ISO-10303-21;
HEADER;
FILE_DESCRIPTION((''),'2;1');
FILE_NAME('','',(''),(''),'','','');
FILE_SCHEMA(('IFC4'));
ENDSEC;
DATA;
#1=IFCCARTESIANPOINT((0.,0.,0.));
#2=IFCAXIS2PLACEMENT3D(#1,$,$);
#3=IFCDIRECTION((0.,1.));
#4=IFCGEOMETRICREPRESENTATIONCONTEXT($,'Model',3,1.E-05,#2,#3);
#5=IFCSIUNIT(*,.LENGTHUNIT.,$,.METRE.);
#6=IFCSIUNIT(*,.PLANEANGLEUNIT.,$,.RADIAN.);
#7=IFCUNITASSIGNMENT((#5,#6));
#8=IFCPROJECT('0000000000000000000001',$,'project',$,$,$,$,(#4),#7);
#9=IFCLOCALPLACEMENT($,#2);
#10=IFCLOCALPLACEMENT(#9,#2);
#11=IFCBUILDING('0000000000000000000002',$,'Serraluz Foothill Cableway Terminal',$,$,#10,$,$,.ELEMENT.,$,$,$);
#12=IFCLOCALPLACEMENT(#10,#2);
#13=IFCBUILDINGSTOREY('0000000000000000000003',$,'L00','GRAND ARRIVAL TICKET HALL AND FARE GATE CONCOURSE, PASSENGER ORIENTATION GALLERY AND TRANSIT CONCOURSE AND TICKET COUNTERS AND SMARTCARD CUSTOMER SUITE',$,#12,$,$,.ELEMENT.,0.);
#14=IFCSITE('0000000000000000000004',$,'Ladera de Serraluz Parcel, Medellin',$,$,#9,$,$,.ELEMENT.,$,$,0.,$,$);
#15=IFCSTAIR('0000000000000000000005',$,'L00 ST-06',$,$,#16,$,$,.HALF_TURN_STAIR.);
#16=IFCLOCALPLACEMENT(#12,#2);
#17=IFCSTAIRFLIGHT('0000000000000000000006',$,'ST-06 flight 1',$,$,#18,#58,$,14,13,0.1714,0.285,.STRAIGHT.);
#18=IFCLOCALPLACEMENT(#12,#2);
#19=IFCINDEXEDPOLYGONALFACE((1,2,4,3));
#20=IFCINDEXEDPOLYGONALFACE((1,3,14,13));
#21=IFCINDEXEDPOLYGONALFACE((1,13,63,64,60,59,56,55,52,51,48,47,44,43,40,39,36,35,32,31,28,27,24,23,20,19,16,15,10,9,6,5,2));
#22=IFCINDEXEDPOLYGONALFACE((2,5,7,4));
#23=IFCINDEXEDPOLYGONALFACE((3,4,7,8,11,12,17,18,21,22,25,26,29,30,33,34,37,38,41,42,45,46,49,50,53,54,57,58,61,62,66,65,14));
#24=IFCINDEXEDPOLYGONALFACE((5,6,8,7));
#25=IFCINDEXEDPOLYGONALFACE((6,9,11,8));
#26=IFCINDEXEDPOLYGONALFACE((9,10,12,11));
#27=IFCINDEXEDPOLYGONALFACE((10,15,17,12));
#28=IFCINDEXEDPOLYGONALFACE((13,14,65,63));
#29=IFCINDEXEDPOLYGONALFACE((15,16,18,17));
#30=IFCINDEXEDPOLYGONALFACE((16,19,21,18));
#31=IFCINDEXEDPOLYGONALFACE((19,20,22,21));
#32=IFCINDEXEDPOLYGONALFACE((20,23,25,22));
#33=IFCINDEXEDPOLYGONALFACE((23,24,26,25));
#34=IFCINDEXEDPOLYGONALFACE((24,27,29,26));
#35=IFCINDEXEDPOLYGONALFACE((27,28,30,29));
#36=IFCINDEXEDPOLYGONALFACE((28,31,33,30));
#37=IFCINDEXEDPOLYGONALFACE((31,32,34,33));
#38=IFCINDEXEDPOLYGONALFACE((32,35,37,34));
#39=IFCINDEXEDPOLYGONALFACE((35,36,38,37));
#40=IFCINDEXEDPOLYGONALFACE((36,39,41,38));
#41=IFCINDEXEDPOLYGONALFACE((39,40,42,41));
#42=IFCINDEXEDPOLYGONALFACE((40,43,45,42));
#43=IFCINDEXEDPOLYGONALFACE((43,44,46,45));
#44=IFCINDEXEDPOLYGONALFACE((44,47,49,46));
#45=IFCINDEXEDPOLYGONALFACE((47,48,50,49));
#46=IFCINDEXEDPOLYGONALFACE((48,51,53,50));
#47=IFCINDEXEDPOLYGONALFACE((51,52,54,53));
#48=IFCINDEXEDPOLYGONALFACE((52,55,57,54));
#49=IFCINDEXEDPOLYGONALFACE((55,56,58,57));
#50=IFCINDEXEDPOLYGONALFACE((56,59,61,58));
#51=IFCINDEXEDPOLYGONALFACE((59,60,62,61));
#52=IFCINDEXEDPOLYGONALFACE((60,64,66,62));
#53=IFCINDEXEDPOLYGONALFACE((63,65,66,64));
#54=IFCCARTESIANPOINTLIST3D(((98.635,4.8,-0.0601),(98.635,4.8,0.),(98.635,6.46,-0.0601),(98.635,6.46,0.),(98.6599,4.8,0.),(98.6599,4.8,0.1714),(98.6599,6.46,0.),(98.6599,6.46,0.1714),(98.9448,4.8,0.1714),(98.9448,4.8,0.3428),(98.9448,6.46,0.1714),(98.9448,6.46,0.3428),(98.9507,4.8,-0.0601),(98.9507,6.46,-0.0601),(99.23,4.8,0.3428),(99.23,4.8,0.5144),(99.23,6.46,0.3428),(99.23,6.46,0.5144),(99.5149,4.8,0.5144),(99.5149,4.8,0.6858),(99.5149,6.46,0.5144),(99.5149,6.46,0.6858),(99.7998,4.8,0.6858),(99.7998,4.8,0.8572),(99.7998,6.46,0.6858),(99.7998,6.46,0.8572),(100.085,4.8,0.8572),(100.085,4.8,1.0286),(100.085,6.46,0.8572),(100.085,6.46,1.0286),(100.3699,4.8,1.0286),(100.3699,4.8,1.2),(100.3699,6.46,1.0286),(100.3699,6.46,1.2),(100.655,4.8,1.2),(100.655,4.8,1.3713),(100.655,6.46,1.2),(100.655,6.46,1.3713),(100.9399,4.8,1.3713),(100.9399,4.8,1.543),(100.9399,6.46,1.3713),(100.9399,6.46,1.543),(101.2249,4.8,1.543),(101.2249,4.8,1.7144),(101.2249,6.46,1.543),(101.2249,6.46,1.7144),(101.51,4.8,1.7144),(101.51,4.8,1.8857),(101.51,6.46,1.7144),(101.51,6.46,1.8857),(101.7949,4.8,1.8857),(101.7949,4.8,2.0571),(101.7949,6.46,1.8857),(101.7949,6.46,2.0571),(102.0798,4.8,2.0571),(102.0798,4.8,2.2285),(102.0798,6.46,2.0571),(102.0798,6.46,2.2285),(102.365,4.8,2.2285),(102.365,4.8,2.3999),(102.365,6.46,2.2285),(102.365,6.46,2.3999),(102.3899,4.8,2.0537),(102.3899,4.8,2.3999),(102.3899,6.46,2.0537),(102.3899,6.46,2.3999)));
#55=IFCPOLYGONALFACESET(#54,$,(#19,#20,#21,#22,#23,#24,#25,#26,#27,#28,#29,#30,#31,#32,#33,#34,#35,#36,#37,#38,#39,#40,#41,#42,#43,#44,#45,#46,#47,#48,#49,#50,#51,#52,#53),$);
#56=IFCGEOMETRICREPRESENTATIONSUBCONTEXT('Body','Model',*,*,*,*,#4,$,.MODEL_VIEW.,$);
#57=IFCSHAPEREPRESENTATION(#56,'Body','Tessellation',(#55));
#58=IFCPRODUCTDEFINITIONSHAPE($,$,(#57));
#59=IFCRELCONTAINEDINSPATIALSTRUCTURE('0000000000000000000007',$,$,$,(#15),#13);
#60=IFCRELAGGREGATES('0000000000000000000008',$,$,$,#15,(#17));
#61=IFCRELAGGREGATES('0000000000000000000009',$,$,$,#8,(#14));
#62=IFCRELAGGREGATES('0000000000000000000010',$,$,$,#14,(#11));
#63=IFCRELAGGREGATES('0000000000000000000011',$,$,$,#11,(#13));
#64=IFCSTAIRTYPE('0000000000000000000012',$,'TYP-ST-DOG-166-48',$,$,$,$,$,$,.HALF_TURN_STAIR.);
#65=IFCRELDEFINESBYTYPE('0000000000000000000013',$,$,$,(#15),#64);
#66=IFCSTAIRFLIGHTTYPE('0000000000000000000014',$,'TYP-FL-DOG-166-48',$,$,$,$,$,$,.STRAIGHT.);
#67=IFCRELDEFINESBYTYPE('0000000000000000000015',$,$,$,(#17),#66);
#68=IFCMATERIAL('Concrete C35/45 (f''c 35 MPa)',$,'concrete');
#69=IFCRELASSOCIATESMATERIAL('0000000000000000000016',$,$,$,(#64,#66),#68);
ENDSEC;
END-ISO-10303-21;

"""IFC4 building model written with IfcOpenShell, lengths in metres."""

from ifc_helpers import new_model, si_unit, direction, frame, origin, place, context, subcontext, project, spatial, polyline, outline, extrude, material, type_object, element, aggregate, save


model = new_model("IFC4")

# Units and contexts
model_context = context("Model", 3, precision=1e-05, world=origin(), true_north=direction((0.0, 1.0)))
body_context = subcontext(model_context, "Body", "Model", "MODEL_VIEW")
ifc_project = project(units=[si_unit("LENGTHUNIT", "METRE"), si_unit("PLANEANGLEUNIT", "RADIAN")], contexts=[model_context])

# Site, building, storey
site_placement = place(None, origin())
site = spatial("IfcSite", under=ifc_project, at=site_placement, Name="Ladera de Serraluz Parcel, Medellin", CompositionType="ELEMENT", RefElevation=0.0)
building_placement = place(site_placement, origin())
building = spatial("IfcBuilding", under=site, at=building_placement, Name="Serraluz Foothill Cableway Terminal", CompositionType="ELEMENT")
storey_placement = place(building_placement, origin())
storey = spatial("IfcBuildingStorey", under=building, at=storey_placement, Name="L00", Description="GRAND ARRIVAL TICKET HALL AND FARE GATE CONCOURSE, PASSENGER ORIENTATION GALLERY AND TRANSIT CONCOURSE AND TICKET COUNTERS AND SMARTCARD CUSTOMER SUITE", CompositionType="ELEMENT", Elevation=0.0)

# Shared definitions
ifc_material_1 = material(Name="Concrete C35/45 (f'c 35 MPa)", Category="concrete")

# Stair, stair flight
stair_type = type_object("IfcStairType", Name="TYP-ST-DOG-166-48", PredefinedType="HALF_TURN_STAIR", material=ifc_material_1)
stair_placement = place(storey_placement, origin())
stair = element("IfcStair", 1, at=stair_placement, inside=storey, type_object=stair_type, Name="L00 ST-06", PredefinedType="HALF_TURN_STAIR")
stair_flight_type = type_object("IfcStairFlightType", Name="TYP-FL-DOG-166-48", PredefinedType="STRAIGHT", material=ifc_material_1)
stair_flight_placement = place(storey_placement, frame((98.6599, 5.6299, 0.0), z_axis=(0.0, 0.0, 1.0), x_axis=(1.0, 0.0, 0.0)))
stair_flight = element("IfcStairFlight", 2, at=stair_flight_placement, type_object=stair_flight_type, Name="ST-06 flight 1", NumberOfRisers=14, NumberOfTreads=13, PredefinedType="STRAIGHT", RiserHeight=0.1714, TreadLength=0.285, context=body_context, shape_type="SweptSolid", body=[
    extrude(outline(polyline([(-0.0249, -0.0601), (-0.0249, 0.0), (0.0, 0.0), (0.0, 0.1714), (0.2849, 0.1714), (0.2849, 0.3428), (0.5701, 0.3428), (0.5701, 0.5144), (0.855, 0.5144), (0.855, 0.6858), (1.1399, 0.6858), (1.1399, 0.8572), (1.425, 0.8572), (1.425, 1.0286), (1.71, 1.0286), (1.71, 1.2), (1.9951, 1.2), (1.9951, 1.3713), (2.28, 1.3713), (2.28, 1.543), (2.5649, 1.543), (2.5649, 1.7144), (2.8501, 1.7144), (2.8501, 1.8857), (3.135, 1.8857), (3.135, 2.0571), (3.4199, 2.0571), (3.4199, 2.2285), (3.7051, 2.2285), (3.7051, 2.3999), (3.73, 2.3999), (3.73, 2.0537), (0.2908, -0.0601), (-0.0249, -0.0601)])), frame((0.0, 0.8301, 0.0), z_axis=(0.0, -1.0, 0.0), x_axis=(1.0, 0.0, 0.0)), (0.0, 0.0, 1.0), 1.6599),
])
aggregate(stair, [stair_flight])

save(model, "model.ifc")
